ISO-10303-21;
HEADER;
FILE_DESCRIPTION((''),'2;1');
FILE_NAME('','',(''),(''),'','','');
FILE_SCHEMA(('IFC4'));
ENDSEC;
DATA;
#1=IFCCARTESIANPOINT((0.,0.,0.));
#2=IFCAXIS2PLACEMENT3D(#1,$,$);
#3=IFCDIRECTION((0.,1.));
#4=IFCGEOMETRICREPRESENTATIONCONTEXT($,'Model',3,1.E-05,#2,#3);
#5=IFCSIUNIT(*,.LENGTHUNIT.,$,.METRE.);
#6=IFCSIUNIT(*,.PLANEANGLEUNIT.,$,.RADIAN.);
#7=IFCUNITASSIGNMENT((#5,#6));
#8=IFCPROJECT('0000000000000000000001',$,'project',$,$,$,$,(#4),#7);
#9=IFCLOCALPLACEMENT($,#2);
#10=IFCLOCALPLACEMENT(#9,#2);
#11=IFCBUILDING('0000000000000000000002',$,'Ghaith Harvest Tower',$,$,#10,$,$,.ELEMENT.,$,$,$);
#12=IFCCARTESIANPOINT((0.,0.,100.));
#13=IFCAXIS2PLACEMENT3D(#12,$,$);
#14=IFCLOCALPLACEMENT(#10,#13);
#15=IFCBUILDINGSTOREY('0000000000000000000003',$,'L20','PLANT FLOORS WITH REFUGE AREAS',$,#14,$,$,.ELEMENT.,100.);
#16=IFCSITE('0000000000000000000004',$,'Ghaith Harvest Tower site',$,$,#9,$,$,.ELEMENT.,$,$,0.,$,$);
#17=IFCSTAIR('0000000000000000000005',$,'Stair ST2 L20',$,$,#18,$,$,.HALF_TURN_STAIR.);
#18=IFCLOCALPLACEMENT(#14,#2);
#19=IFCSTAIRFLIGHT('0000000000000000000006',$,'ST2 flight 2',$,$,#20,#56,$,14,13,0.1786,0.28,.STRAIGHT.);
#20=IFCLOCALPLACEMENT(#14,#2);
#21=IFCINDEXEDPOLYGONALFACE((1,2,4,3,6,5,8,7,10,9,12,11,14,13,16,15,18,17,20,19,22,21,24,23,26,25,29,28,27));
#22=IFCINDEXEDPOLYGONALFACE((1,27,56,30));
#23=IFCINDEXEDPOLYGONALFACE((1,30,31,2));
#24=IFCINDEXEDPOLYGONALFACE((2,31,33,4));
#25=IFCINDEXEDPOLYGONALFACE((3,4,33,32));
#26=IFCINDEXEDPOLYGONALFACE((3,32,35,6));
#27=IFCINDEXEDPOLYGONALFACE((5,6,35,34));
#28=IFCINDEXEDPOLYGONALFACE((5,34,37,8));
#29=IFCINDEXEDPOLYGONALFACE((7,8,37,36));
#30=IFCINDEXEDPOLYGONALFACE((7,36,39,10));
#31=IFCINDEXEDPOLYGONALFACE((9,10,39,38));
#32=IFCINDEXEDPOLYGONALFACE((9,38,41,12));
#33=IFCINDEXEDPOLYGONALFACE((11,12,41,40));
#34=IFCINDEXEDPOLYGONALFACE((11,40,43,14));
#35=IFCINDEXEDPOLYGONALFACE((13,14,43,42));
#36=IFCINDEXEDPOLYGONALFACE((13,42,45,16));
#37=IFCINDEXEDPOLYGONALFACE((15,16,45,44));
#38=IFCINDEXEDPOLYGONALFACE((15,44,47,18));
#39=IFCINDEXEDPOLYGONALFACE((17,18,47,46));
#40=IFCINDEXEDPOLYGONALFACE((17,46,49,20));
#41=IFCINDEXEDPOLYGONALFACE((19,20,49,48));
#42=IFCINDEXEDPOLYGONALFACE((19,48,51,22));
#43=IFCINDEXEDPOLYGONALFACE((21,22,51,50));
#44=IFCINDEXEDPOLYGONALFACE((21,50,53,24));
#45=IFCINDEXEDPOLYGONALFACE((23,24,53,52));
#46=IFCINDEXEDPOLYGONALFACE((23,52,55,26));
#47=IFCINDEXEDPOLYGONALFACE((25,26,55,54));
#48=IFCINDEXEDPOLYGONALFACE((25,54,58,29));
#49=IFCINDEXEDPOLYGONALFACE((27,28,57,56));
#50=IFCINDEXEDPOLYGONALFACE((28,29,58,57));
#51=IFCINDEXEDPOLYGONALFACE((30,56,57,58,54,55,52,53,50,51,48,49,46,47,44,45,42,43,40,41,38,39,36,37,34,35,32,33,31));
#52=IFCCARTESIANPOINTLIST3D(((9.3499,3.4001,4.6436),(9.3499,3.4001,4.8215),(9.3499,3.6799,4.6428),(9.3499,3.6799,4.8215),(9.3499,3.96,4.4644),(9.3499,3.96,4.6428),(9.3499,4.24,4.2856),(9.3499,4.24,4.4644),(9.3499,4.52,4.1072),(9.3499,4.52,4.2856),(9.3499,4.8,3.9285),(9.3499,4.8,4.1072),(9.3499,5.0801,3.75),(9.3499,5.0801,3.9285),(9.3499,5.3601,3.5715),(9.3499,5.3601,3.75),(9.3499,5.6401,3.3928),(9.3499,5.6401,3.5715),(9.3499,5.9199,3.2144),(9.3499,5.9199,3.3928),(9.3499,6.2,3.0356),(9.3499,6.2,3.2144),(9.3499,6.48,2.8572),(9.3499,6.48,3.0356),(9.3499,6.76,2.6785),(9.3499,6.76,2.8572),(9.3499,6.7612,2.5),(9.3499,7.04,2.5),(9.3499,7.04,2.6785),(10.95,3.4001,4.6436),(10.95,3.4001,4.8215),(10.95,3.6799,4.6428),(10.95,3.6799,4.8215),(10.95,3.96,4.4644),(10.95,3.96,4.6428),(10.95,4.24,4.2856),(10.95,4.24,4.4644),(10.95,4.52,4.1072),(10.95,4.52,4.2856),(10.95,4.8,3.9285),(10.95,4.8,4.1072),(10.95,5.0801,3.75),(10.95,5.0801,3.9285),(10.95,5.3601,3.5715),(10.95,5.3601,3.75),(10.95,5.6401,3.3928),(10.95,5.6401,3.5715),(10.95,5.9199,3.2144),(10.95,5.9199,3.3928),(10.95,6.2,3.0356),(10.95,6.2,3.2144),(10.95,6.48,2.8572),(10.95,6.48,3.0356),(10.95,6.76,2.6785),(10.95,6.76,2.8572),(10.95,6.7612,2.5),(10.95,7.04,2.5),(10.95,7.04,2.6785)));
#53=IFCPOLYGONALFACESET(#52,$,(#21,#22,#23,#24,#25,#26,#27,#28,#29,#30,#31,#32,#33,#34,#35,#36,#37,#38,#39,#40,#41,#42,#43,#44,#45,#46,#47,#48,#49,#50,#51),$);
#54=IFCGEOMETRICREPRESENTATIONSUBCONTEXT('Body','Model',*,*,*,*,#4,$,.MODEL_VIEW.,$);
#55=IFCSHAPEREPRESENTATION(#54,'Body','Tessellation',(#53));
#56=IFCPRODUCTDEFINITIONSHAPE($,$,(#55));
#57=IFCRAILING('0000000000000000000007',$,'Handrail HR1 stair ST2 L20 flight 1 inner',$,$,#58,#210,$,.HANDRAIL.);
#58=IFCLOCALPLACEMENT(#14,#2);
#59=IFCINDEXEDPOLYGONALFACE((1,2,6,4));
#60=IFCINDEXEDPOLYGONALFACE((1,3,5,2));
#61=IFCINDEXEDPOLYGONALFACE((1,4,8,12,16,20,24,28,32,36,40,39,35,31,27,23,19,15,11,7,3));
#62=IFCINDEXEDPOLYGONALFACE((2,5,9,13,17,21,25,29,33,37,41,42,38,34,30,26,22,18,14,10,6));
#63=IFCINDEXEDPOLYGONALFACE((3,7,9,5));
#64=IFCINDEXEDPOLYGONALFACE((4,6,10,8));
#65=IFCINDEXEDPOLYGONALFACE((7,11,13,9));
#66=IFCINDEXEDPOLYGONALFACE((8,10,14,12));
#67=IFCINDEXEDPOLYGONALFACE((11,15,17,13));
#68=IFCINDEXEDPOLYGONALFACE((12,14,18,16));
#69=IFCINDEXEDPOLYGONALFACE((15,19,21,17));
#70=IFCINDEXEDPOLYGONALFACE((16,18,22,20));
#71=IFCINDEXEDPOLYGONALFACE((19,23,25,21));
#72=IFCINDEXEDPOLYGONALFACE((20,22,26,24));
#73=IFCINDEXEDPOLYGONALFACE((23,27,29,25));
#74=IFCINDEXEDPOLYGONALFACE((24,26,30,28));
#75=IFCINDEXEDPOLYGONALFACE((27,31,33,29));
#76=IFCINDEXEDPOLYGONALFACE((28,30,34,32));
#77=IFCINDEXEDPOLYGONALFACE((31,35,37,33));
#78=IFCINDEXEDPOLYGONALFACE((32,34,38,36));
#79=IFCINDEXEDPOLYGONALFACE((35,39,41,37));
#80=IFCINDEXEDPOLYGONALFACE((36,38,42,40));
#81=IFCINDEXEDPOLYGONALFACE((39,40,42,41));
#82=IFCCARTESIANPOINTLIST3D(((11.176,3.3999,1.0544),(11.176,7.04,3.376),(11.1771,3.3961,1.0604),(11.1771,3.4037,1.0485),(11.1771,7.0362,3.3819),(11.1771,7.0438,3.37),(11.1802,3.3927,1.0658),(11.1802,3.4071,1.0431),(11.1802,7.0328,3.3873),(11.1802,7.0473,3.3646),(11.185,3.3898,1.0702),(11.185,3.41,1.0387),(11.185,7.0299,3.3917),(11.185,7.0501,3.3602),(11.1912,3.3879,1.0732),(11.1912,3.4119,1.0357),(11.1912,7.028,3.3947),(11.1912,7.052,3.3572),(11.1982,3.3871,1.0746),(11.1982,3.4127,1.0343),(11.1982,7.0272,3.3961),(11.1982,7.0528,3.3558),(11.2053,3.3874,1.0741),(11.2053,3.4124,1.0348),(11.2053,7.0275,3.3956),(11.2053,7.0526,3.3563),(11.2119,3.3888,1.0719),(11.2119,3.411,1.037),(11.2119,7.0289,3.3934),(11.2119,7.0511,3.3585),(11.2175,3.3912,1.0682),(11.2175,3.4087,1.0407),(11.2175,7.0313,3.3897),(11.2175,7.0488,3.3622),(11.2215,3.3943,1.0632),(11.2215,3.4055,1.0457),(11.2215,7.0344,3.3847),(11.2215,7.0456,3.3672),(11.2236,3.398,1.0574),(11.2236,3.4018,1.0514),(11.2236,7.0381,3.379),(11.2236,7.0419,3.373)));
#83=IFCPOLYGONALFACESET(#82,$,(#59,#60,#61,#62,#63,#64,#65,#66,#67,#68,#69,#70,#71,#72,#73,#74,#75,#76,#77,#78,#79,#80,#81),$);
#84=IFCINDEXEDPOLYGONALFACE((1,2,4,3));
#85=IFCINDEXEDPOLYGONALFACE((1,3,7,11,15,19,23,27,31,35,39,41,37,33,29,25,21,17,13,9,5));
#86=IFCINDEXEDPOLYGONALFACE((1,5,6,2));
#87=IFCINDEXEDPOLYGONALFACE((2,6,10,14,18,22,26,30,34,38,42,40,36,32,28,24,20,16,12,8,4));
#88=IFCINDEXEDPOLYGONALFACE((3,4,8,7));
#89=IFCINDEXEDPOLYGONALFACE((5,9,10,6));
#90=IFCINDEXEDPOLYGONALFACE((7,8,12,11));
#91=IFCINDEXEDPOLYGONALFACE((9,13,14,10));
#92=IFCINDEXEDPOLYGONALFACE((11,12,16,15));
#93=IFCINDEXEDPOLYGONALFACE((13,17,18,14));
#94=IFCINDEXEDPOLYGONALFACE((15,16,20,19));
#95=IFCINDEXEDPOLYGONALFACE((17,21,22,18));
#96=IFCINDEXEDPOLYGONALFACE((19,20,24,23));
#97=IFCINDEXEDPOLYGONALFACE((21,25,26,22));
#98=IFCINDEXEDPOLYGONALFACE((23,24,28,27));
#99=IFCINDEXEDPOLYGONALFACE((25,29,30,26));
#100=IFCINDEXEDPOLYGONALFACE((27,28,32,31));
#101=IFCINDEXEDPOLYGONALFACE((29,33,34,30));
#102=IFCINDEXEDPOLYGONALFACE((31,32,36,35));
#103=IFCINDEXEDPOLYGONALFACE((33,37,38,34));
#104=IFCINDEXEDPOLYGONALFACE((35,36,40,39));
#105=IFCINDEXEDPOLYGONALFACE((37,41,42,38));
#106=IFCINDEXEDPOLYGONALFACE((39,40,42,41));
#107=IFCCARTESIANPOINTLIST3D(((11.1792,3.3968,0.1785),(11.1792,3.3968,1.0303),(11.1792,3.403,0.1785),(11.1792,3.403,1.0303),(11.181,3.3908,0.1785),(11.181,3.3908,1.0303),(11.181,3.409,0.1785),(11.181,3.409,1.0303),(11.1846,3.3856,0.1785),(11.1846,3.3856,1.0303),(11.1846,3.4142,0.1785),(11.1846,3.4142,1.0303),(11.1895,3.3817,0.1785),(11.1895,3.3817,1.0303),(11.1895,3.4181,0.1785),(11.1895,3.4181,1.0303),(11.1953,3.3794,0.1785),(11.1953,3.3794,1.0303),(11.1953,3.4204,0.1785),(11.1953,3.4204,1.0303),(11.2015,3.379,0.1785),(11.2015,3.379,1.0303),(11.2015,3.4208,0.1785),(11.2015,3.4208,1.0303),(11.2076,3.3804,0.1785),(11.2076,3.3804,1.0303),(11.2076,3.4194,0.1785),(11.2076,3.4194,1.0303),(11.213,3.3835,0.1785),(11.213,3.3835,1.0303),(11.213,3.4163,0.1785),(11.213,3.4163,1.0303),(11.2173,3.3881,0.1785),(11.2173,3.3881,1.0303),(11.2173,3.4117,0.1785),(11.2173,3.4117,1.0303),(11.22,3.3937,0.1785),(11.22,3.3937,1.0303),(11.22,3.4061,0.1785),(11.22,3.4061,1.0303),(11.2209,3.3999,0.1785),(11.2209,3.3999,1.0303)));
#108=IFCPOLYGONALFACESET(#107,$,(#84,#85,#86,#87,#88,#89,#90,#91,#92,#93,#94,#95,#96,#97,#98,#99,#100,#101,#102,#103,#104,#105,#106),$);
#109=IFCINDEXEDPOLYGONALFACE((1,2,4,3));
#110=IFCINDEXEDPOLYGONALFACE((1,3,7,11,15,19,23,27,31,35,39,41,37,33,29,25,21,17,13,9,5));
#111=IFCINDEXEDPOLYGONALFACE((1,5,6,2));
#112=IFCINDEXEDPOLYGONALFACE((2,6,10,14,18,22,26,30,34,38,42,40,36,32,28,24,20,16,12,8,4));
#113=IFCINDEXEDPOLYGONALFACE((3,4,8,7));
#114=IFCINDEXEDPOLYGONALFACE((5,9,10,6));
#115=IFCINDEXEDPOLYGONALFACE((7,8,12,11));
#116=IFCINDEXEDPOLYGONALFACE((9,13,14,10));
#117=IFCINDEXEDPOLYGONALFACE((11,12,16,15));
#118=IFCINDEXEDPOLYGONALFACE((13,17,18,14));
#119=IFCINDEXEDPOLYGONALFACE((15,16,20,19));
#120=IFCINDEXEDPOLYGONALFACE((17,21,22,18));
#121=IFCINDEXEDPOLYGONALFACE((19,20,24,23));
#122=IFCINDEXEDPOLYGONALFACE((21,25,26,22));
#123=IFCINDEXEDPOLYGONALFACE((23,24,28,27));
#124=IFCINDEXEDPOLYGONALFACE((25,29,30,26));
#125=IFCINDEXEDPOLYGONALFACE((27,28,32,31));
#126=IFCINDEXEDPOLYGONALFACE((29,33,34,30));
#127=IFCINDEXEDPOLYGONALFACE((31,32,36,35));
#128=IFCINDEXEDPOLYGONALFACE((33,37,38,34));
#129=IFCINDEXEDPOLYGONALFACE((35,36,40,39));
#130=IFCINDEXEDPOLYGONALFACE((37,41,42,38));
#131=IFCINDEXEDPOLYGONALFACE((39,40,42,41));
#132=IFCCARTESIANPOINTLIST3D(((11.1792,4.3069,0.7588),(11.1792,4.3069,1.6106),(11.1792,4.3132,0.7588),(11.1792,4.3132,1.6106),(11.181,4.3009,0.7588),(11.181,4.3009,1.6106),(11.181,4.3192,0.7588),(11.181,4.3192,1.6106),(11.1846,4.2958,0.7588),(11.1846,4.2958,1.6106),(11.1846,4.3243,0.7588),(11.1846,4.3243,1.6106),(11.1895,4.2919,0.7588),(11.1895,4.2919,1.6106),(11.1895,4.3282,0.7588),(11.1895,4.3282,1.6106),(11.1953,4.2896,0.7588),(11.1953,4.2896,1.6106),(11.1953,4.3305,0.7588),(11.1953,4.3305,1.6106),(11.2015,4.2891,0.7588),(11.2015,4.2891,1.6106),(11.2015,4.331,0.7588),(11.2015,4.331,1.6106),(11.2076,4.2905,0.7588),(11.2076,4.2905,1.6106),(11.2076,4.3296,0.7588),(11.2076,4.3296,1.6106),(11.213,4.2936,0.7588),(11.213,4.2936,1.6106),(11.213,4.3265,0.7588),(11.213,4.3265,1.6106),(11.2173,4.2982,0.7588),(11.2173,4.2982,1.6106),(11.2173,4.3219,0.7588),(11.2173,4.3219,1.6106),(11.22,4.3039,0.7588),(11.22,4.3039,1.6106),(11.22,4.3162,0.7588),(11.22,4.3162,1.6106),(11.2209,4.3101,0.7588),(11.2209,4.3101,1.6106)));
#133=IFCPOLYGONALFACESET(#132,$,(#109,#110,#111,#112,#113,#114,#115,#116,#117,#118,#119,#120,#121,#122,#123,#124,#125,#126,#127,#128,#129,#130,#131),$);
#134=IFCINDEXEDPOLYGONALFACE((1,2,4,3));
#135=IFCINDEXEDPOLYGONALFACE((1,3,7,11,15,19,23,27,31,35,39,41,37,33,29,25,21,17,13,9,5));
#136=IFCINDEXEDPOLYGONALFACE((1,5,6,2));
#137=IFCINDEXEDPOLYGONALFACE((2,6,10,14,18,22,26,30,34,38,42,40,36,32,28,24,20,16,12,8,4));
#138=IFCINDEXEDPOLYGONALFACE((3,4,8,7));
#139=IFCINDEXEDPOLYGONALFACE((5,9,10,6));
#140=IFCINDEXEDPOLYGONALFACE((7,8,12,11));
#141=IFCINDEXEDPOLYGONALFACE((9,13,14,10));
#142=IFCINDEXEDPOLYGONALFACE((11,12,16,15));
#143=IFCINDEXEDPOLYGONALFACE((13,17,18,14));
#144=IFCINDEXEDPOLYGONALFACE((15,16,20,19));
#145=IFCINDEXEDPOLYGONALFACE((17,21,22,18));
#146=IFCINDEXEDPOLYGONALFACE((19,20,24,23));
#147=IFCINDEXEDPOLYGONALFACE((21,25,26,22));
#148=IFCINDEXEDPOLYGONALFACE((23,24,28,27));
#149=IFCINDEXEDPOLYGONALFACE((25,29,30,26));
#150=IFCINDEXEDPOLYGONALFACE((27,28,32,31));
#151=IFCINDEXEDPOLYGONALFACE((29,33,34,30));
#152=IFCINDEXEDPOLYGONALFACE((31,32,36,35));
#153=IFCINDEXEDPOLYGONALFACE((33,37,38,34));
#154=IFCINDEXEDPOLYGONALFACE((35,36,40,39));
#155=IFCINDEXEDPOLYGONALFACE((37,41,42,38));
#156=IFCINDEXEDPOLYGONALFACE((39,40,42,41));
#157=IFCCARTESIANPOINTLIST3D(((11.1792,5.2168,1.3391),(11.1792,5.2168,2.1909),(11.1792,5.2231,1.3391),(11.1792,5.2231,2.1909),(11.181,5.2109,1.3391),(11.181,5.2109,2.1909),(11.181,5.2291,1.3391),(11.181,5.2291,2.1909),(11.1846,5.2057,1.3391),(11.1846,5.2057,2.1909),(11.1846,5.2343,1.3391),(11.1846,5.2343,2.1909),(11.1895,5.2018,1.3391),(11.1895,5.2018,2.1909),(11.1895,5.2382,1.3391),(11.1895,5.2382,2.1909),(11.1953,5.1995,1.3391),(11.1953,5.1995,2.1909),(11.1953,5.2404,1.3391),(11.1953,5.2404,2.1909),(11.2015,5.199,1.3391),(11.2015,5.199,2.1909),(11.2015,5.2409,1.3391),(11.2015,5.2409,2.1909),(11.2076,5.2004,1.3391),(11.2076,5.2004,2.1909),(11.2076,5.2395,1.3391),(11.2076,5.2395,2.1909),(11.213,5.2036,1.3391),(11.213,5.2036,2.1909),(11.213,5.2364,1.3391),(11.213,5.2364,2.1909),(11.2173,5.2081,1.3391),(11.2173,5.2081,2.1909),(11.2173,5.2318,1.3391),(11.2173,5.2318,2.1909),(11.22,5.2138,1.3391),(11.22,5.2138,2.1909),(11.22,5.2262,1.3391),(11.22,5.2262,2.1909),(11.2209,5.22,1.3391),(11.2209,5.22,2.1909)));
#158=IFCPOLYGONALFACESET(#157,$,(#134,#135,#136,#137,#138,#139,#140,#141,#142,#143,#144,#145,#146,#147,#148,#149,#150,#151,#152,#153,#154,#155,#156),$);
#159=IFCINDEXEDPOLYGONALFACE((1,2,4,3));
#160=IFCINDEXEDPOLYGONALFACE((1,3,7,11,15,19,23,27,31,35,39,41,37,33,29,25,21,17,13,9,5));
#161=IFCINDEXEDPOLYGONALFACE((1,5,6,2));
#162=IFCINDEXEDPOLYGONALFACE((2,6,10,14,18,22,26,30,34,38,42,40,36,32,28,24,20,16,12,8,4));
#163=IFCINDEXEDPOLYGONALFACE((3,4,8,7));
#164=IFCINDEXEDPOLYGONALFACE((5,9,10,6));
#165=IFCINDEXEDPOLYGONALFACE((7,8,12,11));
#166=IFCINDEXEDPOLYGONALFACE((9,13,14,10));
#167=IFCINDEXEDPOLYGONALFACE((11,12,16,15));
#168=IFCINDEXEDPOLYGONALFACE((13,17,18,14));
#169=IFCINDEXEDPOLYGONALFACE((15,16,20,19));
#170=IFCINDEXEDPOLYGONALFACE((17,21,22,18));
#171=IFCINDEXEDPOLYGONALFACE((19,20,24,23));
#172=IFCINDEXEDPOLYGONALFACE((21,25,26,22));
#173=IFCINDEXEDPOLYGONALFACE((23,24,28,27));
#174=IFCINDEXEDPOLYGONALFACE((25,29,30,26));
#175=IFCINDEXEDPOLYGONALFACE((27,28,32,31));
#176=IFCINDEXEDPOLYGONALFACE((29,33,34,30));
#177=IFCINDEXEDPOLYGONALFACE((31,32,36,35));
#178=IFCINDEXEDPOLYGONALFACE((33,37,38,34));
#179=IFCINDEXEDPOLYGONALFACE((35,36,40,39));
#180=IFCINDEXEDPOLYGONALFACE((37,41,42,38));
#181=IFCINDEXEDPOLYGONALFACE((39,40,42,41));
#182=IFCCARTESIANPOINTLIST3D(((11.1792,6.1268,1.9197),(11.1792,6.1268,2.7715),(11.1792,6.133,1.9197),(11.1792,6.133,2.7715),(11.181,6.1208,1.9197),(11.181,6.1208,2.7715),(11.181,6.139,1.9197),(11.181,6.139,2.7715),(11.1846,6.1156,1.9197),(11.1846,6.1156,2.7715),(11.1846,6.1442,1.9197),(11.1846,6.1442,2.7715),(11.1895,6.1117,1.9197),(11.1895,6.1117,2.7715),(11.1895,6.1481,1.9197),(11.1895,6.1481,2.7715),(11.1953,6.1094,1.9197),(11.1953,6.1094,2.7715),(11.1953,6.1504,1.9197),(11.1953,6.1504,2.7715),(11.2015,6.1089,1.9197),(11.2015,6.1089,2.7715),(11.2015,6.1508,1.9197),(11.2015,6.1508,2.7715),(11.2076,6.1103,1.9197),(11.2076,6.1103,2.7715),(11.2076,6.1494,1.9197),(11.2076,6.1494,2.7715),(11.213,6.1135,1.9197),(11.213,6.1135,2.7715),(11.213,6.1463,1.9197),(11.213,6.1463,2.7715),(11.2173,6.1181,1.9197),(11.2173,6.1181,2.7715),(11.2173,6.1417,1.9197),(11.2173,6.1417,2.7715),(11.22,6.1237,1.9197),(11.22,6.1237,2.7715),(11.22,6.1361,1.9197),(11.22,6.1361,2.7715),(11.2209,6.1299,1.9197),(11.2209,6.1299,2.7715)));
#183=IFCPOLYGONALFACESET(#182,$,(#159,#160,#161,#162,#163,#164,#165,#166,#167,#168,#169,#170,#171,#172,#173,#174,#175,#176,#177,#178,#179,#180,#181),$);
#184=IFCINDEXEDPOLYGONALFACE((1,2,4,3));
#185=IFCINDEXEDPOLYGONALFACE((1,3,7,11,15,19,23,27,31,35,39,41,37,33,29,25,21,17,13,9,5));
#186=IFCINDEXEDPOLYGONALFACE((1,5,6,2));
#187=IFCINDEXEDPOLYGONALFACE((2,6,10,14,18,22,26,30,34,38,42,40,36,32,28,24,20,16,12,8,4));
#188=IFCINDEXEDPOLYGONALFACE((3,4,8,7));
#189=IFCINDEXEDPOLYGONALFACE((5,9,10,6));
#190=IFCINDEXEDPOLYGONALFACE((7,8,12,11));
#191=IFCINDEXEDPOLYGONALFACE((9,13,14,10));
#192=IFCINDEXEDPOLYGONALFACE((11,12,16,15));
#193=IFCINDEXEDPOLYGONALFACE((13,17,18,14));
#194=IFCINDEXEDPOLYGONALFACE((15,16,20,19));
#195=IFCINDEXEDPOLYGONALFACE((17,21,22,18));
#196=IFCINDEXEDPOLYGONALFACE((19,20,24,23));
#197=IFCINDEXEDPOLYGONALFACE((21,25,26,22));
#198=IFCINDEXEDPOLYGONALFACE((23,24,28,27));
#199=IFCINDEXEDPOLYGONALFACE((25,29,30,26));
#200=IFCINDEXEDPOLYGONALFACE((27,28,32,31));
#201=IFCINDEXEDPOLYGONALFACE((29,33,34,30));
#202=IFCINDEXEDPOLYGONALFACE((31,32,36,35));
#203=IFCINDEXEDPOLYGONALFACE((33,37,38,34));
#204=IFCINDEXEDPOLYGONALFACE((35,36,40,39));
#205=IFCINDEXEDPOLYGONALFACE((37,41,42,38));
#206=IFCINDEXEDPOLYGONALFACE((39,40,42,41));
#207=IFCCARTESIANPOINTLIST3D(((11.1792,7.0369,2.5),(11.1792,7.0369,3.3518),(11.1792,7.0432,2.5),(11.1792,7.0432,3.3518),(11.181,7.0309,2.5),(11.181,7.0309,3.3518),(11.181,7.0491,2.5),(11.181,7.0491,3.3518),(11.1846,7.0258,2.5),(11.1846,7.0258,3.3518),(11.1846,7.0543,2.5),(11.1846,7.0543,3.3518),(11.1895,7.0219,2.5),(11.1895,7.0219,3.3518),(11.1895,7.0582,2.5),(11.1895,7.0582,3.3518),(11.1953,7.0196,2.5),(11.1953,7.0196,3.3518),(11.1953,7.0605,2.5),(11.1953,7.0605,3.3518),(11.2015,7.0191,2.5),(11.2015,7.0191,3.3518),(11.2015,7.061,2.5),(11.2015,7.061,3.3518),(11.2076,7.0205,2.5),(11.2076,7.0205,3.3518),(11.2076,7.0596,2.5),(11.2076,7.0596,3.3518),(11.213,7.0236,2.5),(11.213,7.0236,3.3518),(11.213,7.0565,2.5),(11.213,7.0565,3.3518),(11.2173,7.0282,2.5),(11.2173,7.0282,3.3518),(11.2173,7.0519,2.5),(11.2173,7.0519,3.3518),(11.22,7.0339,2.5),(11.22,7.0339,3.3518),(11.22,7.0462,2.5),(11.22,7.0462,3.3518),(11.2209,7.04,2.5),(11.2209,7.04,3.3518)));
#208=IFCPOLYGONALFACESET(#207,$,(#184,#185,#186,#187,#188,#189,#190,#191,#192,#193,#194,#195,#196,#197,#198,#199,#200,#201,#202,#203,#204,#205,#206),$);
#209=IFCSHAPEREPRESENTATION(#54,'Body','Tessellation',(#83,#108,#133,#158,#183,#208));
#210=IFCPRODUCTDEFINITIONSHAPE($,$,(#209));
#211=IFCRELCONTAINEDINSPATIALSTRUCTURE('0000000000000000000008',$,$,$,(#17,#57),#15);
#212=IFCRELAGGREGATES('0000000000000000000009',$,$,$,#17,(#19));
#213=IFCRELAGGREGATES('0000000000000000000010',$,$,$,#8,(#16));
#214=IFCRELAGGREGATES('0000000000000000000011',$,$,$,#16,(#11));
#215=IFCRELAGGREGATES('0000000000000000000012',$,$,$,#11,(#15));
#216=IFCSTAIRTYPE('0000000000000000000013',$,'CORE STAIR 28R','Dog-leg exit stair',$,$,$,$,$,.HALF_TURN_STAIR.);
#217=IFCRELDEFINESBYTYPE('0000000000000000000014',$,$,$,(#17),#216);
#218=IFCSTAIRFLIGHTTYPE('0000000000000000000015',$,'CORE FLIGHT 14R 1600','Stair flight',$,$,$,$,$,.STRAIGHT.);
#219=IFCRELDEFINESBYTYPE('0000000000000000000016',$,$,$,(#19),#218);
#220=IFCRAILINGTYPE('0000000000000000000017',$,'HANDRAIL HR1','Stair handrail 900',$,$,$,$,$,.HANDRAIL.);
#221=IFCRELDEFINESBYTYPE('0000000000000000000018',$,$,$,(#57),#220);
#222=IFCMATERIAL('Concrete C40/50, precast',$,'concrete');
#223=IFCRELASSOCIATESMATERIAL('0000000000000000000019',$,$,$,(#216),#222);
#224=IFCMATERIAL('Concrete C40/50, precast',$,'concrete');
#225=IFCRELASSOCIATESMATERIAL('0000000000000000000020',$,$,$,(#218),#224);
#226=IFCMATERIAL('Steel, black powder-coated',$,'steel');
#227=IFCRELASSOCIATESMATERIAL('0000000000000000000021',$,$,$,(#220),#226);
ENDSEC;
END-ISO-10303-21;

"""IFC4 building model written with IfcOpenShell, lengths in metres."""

from ifc_helpers import new_model, si_unit, direction, frame, origin, origin_2d, place, context, subcontext, project, spatial, polyline, circle, outline, extrude, material, type_object, element, aggregate, save


model = new_model("IFC4")

# Units and contexts
model_context = context("Model", 3, precision=1e-05, world=origin(), true_north=direction((0.0, 1.0)))
body_context = subcontext(model_context, "Body", "Model", "MODEL_VIEW")
ifc_project = project(units=[si_unit("LENGTHUNIT", "METRE"), si_unit("PLANEANGLEUNIT", "RADIAN")], contexts=[model_context])

# Site, building, storey
site_placement = place(None, origin())
site = spatial("IfcSite", under=ifc_project, at=site_placement, Name="Ghaith Harvest Tower site", CompositionType="ELEMENT", RefElevation=0.0)
building_placement = place(site_placement, origin())
building = spatial("IfcBuilding", under=site, at=building_placement, Name="Ghaith Harvest Tower", CompositionType="ELEMENT")
storey_placement = place(building_placement, frame((0.0, 0.0, 100.0)))
storey = spatial("IfcBuildingStorey", under=building, at=storey_placement, Name="L20", Description="PLANT FLOORS WITH REFUGE AREAS", CompositionType="ELEMENT", Elevation=100.0)

# Stair, stair flight
ifc_material_1 = material(Name="Concrete C40/50, precast", Category="concrete")
stair_type = type_object("IfcStairType", Name="CORE STAIR 28R", Description="Dog-leg exit stair", PredefinedType="HALF_TURN_STAIR", material=ifc_material_1)
stair_placement = place(storey_placement, origin())
stair = element("IfcStair", 1, at=stair_placement, inside=storey, type_object=stair_type, Name="Stair ST2 L20", PredefinedType="HALF_TURN_STAIR")
ifc_material_2 = material(Name="Concrete C40/50, precast", Category="concrete")
stair_flight_type = type_object("IfcStairFlightType", Name="CORE FLIGHT 14R 1600", Description="Stair flight", PredefinedType="STRAIGHT", material=ifc_material_2)
stair_flight_1_placement = place(storey_placement, frame((10.1499, 7.04, 2.5), z_axis=(0.0, 0.0, 1.0), x_axis=(0.0, -1.0, 0.0)))
stair_flight_1 = element("IfcStairFlight", 2, at=stair_flight_1_placement, type_object=stair_flight_type, Name="ST2 flight 2", NumberOfRisers=14, NumberOfTreads=13, PredefinedType="STRAIGHT", RiserHeight=0.1786, TreadLength=0.28, context=body_context, shape_type="SweptSolid", body=[
    extrude(outline(polyline([(0.0, 0.0), (0.0, 0.1785), (0.28, 0.1785), (0.28, 0.3572), (0.5601, 0.3572), (0.5601, 0.5356), (0.8401, 0.5356), (0.8401, 0.7144), (1.1201, 0.7144), (1.1201, 0.8928), (1.3999, 0.8928), (1.3999, 1.0715), (1.6799, 1.0715), (1.6799, 1.25), (1.96, 1.25), (1.96, 1.4285), (2.24, 1.4285), (2.24, 1.6072), (2.52, 1.6072), (2.52, 1.7856), (2.8, 1.7856), (2.8, 1.9644), (3.0801, 1.9644), (3.0801, 2.1428), (3.3601, 2.1428), (3.3601, 2.3215), (3.6399, 2.3215), (3.6399, 2.5), (3.6399, 2.1436), (0.2788, 0.0), (0.0, 0.0)])), frame((0.0, 0.8, 0.0), z_axis=(0.0, -1.0, 0.0), x_axis=(1.0, 0.0, 0.0)), (0.0, 0.0, 1.0), 1.6001),
])
aggregate(stair, [stair_flight_1])

# Railing
ifc_material_3 = material(Name="Steel, black powder-coated", Category="steel")
railing_type = type_object("IfcRailingType", Name="HANDRAIL HR1", Description="Stair handrail 900", PredefinedType="HANDRAIL", material=ifc_material_3)
railing_1_placement = place(storey_placement, frame((11.2, 3.3999, 0.1785)))
element("IfcRailing", 3, at=railing_1_placement, inside=storey, type_object=railing_type, Name="Handrail HR1 stair ST2 L20 flight 1 inner", PredefinedType="HANDRAIL", context=body_context, shape_type="SweptSolid", body=[
    extrude(circle(Radius=0.0239, at=origin_2d()), frame((0.0, 0.0, 0.876), z_axis=(0.0, 0.843128, 0.537713), x_axis=(-1.0, 0.0, 0.0)), (0.0, 0.0, 1.0), 4.3174),
    extrude(circle(Radius=0.021, at=origin_2d()), origin(), (0.0, 0.0, 1.0), 0.8518),
    extrude(circle(Radius=0.021, at=origin_2d()), frame((0.0, 0.9102, 0.5803)), (0.0, 0.0, 1.0), 0.8518),
    extrude(circle(Radius=0.021, at=origin_2d()), frame((0.0, 1.8201, 1.1606)), (0.0, 0.0, 1.0), 0.8518),
    extrude(circle(Radius=0.021, at=origin_2d()), frame((0.0, 2.73, 1.7412)), (0.0, 0.0, 1.0), 0.8518),
    extrude(circle(Radius=0.021, at=origin_2d()), frame((0.0, 3.6401, 2.3215)), (0.0, 0.0, 1.0), 0.8518),
])

save(model, "model.ifc")
